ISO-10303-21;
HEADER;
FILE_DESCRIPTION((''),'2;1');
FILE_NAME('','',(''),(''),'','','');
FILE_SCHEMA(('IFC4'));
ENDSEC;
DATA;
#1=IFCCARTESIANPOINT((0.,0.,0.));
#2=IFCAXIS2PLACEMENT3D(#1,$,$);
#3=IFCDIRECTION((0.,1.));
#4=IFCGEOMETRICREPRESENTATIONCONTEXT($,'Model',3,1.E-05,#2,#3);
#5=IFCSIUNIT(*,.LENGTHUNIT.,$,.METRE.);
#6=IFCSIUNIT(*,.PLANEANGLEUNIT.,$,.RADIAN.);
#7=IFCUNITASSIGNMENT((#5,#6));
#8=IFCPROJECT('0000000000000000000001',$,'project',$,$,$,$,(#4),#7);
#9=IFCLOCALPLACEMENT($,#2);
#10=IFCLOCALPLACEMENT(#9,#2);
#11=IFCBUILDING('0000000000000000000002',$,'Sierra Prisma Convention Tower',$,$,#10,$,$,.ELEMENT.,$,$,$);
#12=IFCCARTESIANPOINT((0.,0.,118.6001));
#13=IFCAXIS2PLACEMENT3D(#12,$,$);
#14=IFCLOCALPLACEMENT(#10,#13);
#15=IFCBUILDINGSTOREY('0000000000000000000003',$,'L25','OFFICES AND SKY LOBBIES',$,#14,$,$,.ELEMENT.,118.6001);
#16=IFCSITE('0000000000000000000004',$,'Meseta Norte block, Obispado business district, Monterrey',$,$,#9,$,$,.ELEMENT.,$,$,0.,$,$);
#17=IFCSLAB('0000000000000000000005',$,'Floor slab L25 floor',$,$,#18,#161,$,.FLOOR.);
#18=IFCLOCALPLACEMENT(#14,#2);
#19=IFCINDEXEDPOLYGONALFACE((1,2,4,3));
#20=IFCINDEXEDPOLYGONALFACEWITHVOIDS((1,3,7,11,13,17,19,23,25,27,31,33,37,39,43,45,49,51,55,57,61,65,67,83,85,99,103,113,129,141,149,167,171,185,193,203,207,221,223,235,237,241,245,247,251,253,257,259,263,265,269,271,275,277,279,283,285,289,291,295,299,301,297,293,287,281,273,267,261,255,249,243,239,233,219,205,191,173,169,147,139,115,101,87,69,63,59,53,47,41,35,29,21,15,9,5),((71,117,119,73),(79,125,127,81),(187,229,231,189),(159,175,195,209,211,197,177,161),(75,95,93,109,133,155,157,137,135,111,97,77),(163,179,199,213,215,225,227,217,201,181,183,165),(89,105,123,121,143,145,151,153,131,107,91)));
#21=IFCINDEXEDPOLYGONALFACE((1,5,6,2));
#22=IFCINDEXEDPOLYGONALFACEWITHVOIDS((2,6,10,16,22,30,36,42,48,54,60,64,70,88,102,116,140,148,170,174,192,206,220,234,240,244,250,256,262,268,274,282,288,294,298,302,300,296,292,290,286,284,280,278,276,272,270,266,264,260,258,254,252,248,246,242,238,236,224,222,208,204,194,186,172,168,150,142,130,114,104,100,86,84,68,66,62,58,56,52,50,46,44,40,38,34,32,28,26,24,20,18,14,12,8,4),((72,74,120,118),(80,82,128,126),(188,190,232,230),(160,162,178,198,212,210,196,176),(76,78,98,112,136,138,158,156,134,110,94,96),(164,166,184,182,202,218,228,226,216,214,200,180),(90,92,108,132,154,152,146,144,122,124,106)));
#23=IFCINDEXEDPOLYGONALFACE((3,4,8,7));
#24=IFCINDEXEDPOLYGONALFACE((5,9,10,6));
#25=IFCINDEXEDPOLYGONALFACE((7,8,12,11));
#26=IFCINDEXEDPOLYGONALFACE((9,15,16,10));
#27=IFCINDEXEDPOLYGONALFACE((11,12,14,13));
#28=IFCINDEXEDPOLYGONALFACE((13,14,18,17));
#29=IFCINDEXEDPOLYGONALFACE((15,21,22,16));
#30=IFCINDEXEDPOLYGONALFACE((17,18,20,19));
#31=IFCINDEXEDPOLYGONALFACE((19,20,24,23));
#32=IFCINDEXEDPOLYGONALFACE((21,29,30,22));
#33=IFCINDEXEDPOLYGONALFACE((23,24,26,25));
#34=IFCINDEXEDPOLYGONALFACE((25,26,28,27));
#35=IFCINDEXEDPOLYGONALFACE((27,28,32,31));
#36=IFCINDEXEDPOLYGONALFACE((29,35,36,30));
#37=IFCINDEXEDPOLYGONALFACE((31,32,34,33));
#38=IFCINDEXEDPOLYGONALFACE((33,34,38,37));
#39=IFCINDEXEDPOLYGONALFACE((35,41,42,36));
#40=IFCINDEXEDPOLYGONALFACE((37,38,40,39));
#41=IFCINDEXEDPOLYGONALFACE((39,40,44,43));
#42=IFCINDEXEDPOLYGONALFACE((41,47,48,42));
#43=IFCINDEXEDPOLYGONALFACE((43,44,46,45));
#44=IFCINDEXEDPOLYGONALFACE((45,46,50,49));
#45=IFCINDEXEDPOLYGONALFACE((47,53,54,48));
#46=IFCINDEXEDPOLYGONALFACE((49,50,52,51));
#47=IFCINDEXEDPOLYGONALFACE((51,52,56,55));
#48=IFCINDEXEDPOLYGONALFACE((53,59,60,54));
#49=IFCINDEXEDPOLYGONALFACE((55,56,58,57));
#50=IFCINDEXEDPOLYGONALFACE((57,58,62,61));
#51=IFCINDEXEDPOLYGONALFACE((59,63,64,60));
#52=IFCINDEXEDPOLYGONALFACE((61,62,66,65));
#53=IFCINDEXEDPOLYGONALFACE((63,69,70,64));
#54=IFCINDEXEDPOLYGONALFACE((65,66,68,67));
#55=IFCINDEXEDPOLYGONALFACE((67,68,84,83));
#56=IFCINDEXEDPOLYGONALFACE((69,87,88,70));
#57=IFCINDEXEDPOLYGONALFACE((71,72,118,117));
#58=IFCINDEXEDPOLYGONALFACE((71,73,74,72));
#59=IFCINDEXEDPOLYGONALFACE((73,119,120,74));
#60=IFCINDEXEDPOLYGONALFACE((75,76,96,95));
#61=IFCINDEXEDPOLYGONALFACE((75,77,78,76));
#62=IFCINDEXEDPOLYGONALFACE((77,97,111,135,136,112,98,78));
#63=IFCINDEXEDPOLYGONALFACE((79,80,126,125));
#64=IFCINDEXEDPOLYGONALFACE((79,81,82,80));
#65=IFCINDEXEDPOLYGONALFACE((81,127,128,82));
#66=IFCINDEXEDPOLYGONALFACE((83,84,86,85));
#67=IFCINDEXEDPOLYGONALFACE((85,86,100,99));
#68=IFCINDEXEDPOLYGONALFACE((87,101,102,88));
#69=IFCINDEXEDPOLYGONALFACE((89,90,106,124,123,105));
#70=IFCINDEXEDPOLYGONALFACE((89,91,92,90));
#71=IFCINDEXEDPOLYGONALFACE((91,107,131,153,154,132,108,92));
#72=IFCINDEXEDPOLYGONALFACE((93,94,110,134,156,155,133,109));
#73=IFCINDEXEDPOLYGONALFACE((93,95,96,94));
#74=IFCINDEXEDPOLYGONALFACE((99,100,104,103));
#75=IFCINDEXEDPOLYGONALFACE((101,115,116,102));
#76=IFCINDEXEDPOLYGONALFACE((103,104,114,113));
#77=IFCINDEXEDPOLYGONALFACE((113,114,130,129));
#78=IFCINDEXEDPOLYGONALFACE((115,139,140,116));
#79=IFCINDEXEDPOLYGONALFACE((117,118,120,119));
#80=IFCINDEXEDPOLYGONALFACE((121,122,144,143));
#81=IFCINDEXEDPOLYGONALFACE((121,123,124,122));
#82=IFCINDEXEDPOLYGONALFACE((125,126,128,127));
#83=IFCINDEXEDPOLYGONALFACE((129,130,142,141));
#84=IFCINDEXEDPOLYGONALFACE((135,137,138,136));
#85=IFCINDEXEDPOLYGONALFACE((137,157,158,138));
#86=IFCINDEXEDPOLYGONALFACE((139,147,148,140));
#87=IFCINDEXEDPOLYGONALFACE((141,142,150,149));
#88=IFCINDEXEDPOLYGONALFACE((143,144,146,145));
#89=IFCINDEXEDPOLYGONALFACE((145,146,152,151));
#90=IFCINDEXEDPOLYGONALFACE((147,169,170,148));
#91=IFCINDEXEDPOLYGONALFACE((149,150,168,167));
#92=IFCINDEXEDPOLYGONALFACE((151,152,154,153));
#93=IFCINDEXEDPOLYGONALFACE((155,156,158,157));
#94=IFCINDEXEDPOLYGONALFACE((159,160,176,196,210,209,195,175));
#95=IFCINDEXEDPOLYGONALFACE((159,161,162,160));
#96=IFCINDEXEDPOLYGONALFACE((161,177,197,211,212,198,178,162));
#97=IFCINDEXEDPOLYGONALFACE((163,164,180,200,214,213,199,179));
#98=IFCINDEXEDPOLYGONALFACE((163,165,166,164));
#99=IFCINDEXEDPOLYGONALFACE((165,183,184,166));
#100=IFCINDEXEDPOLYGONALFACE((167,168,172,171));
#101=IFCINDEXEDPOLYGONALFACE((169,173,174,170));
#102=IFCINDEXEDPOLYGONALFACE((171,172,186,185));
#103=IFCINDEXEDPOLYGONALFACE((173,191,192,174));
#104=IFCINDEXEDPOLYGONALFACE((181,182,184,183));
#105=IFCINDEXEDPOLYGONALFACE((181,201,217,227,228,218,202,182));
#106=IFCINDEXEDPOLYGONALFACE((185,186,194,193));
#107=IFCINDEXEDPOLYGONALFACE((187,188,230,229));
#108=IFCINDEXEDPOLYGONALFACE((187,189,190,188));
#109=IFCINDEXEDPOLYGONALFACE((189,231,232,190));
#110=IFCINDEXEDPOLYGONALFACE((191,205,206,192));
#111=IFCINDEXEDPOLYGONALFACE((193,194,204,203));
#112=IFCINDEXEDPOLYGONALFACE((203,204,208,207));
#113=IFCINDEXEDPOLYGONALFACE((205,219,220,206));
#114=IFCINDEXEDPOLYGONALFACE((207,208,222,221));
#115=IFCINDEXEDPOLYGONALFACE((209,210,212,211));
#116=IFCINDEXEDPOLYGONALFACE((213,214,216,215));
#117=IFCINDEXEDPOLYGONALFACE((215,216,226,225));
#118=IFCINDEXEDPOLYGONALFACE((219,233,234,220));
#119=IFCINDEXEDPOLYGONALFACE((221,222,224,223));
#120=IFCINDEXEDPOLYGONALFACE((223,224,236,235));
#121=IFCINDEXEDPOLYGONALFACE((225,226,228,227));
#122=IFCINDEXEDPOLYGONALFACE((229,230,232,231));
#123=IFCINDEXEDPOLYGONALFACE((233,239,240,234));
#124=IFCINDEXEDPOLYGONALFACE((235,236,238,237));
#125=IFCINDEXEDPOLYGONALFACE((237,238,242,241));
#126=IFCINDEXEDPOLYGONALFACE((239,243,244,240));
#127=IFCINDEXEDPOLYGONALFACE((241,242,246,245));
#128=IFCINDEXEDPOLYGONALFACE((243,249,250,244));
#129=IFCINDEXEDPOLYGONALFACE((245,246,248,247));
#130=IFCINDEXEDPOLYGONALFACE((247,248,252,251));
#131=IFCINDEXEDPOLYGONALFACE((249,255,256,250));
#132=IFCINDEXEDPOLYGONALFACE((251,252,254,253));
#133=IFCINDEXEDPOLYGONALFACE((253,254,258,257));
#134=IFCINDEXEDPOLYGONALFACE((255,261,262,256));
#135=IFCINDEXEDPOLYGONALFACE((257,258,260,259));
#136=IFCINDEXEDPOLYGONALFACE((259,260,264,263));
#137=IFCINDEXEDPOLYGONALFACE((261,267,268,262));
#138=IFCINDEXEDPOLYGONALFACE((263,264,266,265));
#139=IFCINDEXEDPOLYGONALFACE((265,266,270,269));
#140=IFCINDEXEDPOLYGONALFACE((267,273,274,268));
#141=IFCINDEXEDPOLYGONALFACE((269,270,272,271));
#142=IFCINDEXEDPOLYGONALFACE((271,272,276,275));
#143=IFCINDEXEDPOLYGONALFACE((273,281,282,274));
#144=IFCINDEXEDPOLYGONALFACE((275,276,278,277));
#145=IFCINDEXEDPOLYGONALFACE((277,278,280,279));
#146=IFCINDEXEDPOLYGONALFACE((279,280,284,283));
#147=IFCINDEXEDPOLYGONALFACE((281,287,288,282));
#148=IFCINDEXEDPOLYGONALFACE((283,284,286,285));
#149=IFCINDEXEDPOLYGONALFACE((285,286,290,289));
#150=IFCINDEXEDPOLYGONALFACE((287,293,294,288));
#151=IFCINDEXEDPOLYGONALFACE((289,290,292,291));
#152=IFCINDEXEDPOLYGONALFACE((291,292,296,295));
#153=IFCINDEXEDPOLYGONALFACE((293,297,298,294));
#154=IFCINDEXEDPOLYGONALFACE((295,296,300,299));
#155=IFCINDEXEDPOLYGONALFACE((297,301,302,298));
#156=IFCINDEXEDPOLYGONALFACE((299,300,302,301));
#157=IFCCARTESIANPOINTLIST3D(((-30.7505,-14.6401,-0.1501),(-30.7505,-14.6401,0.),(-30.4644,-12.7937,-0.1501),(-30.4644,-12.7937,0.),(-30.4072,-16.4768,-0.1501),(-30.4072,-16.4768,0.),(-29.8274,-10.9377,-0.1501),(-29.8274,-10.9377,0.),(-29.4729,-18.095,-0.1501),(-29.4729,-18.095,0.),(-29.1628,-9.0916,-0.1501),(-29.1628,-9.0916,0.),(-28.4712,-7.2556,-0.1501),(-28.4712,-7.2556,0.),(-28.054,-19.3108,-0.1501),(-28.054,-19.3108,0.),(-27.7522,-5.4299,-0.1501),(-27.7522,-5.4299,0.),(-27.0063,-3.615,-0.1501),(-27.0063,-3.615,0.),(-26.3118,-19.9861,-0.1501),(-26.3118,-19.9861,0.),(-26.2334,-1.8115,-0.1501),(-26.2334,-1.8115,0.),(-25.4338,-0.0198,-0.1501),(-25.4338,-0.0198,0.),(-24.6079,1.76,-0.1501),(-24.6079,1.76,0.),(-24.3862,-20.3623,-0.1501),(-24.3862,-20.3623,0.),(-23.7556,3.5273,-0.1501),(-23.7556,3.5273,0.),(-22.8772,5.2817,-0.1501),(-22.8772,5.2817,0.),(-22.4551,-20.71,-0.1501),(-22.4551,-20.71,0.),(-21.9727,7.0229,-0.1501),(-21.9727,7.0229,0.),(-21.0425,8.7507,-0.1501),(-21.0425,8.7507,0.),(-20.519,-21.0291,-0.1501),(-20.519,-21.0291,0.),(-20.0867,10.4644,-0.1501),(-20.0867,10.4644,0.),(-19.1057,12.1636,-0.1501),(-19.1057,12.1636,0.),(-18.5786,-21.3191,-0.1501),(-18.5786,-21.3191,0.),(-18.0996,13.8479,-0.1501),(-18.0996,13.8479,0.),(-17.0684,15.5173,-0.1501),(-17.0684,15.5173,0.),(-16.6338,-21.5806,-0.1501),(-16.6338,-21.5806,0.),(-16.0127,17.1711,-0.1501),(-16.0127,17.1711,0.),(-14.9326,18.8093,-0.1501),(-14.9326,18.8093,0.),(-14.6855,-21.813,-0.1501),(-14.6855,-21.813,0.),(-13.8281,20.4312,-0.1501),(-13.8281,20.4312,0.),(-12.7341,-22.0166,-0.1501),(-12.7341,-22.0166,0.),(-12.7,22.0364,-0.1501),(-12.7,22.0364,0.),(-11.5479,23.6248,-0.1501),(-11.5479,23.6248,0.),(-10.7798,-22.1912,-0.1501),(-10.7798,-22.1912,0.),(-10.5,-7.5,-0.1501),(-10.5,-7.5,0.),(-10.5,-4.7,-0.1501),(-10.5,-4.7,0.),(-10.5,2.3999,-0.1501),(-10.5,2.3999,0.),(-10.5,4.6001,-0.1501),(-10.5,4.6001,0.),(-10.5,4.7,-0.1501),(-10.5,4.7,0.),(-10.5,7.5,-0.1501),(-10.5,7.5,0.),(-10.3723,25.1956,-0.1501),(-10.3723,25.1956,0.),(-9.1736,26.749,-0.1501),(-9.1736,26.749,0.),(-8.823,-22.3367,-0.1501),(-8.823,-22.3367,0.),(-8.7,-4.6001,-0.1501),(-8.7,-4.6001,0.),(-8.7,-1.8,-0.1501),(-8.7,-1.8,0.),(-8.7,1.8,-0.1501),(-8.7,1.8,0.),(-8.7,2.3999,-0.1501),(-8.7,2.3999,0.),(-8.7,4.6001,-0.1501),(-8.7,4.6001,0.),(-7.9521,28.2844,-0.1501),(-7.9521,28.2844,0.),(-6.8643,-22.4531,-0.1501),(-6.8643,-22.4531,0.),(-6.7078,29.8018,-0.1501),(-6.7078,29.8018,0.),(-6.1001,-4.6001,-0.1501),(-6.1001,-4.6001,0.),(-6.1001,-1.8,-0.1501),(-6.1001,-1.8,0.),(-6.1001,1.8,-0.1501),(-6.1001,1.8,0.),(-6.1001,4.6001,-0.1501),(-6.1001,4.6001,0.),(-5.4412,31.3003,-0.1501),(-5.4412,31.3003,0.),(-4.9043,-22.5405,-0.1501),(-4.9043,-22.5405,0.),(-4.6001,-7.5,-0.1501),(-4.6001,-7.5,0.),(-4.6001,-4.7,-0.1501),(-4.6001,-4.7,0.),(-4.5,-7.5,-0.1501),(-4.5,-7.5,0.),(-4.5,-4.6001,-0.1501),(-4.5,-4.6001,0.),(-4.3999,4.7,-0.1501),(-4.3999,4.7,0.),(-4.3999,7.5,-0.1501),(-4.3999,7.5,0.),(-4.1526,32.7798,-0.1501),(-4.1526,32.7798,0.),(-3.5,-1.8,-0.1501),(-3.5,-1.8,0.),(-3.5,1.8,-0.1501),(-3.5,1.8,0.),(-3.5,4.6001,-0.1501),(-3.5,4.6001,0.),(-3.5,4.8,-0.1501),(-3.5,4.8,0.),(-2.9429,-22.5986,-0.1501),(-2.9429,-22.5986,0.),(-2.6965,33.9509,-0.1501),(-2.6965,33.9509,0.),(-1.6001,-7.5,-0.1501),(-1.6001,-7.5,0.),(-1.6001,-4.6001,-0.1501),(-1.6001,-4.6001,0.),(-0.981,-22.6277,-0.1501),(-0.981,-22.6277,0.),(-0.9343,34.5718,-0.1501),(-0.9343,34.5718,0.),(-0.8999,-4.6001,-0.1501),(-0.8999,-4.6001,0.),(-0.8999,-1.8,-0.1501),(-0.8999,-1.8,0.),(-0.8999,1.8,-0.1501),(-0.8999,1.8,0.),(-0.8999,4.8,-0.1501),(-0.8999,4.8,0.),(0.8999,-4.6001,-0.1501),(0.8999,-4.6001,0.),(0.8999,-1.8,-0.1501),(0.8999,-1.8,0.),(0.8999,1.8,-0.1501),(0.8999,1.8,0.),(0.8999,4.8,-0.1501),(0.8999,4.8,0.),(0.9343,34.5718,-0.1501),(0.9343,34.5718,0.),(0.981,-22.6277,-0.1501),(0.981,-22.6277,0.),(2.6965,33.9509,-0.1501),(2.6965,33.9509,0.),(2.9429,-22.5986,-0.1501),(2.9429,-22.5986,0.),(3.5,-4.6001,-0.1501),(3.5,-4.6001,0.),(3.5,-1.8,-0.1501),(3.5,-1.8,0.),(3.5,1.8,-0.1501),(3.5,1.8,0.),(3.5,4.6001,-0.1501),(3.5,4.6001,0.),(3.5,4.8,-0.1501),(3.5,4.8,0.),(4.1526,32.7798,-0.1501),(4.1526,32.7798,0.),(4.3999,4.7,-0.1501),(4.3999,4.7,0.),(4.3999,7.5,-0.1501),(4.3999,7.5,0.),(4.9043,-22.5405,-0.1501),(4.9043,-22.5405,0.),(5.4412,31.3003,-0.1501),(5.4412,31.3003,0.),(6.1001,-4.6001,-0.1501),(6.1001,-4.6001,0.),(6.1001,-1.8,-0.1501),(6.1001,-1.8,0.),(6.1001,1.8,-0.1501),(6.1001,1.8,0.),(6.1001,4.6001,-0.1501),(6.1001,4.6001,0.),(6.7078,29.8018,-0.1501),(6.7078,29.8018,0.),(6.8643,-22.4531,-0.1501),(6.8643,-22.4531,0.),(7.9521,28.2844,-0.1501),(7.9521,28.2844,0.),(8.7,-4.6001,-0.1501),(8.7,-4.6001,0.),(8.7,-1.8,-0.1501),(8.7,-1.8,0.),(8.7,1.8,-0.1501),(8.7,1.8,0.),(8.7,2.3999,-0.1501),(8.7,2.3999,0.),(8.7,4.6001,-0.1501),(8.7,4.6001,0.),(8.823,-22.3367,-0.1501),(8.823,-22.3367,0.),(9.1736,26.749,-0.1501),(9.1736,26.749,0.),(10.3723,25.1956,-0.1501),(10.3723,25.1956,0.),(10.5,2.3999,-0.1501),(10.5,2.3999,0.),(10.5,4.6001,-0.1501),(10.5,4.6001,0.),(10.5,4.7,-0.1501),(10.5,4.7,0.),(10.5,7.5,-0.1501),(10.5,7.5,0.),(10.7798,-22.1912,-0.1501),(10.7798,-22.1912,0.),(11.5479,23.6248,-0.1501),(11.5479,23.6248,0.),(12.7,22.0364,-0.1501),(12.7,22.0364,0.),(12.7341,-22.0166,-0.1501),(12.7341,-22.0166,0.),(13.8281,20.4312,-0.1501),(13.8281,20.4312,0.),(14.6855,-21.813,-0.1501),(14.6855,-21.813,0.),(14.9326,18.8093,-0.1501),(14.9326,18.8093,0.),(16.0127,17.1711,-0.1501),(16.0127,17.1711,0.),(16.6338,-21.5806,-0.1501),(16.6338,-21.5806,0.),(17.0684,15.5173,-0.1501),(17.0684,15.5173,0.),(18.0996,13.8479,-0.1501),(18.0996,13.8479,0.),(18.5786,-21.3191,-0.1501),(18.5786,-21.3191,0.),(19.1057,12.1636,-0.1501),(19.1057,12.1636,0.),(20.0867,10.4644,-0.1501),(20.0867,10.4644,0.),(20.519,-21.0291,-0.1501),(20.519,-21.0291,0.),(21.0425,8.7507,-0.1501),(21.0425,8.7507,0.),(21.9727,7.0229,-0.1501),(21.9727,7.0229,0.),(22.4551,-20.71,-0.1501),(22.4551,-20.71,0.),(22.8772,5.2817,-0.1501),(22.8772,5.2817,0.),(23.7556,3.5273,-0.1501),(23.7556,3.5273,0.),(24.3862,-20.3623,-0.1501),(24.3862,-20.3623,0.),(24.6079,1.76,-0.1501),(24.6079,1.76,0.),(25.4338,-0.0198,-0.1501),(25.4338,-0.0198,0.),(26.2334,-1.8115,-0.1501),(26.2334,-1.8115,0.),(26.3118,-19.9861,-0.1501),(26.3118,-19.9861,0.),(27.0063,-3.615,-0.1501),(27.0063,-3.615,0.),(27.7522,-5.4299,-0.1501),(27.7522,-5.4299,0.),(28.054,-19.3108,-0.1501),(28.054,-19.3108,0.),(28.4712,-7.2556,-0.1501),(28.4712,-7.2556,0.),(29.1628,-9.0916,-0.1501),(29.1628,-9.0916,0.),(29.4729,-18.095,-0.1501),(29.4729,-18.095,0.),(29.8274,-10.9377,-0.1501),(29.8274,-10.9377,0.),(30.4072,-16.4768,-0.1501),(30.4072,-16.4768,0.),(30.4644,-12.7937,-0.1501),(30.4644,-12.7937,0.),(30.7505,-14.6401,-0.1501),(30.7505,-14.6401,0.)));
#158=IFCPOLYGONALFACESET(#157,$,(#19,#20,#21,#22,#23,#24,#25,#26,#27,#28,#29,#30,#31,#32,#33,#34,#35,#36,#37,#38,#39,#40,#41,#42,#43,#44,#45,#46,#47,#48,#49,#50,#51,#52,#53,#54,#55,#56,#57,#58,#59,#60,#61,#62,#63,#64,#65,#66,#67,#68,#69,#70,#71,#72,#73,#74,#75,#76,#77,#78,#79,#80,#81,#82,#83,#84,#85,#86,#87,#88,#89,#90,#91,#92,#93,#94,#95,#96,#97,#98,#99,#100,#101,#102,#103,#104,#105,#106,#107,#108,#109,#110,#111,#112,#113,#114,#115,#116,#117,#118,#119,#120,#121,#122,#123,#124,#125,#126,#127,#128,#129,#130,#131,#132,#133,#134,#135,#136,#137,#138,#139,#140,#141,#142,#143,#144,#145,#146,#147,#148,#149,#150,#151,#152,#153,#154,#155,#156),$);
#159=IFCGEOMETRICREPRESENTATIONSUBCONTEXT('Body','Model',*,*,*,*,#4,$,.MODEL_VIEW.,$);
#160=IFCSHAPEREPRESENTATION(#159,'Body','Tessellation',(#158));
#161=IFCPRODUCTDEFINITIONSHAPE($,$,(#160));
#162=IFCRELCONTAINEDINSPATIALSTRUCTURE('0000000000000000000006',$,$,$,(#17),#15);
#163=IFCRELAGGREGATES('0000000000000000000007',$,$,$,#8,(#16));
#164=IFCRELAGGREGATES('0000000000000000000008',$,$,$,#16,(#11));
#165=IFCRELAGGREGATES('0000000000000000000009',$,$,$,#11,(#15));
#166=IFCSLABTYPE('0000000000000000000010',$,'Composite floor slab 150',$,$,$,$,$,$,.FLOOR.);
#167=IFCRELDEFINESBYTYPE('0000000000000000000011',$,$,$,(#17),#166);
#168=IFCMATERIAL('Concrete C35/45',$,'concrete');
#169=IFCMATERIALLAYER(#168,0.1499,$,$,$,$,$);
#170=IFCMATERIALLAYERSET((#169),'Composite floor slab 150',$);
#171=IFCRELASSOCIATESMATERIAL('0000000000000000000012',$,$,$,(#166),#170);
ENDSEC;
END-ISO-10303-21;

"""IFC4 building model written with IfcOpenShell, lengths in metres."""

from ifc_helpers import new_model, si_unit, direction, frame, origin, place, context, subcontext, project, spatial, polyline, outline, extrude, material, layer, layer_set, type_object, element, save


model = new_model("IFC4")

# Units and contexts
model_context = context("Model", 3, precision=1e-05, world=origin(), true_north=direction((0.0, 1.0)))
body_context = subcontext(model_context, "Body", "Model", "MODEL_VIEW")
ifc_project = project(units=[si_unit("LENGTHUNIT", "METRE"), si_unit("PLANEANGLEUNIT", "RADIAN")], contexts=[model_context])

# Site, building, storey
site_placement = place(None, origin())
site = spatial("IfcSite", under=ifc_project, at=site_placement, Name="Meseta Norte block, Obispado business district, Monterrey", CompositionType="ELEMENT", RefElevation=0.0)
building_placement = place(site_placement, origin())
building = spatial("IfcBuilding", under=site, at=building_placement, Name="Sierra Prisma Convention Tower", CompositionType="ELEMENT")
storey_placement = place(building_placement, frame((0.0, 0.0, 118.6001)))
storey = spatial("IfcBuildingStorey", under=building, at=storey_placement, Name="L25", Description="OFFICES AND SKY LOBBIES", CompositionType="ELEMENT", Elevation=118.6001)

# Slab
ifc_material_1 = material(Name="Concrete C35/45", Category="concrete")
ifc_layer_1 = layer(ifc_material_1, 0.1499)
ifc_layer_set_1 = layer_set([ifc_layer_1], Name="Composite floor slab 150")
slab_type = type_object("IfcSlabType", Name="Composite floor slab 150", PredefinedType="FLOOR", material=ifc_layer_set_1)
slab_placement = place(storey_placement, frame((0.0, 0.0, -0.1501)))
element("IfcSlab", 1, at=slab_placement, inside=storey, type_object=slab_type, Name="Floor slab L25 floor", PredefinedType="FLOOR", context=body_context, shape_type="SweptSolid", body=[
    extrude(outline(polyline([(-26.3118, -19.9861), (-24.3862, -20.3623), (-22.4551, -20.71), (-20.519, -21.0291), (-18.5786, -21.3191), (-16.6338, -21.5806), (-14.6855, -21.813), (-12.7341, -22.0166), (-10.7798, -22.1912), (-8.823, -22.3367), (-6.8643, -22.4531), (-4.9043, -22.5405), (-2.9429, -22.5986), (-0.981, -22.6277), (0.981, -22.6277), (2.9429, -22.5986), (4.9043, -22.5405), (6.8643, -22.4531), (8.823, -22.3367), (10.7798, -22.1912), (12.7341, -22.0166), (14.6855, -21.813), (16.6338, -21.5806), (18.5786, -21.3191), (20.519, -21.0291), (22.4551, -20.71), (24.3862, -20.3623), (26.3118, -19.9861), (28.054, -19.3108), (29.4729, -18.095), (30.4072, -16.4768), (30.7505, -14.6401), (30.4644, -12.7937), (29.8274, -10.9377), (29.1628, -9.0916), (28.4712, -7.2556), (27.7522, -5.4299), (27.0063, -3.615), (26.2334, -1.8115), (25.4338, -0.0198), (24.6079, 1.76), (23.7556, 3.5273), (22.8772, 5.2817), (21.9727, 7.0229), (21.0425, 8.7507), (20.0867, 10.4644), (19.1057, 12.1636), (18.0996, 13.8479), (17.0684, 15.5173), (16.0127, 17.1711), (14.9326, 18.8093), (13.8281, 20.4312), (12.7, 22.0364), (11.5479, 23.6248), (10.3723, 25.1956), (9.1736, 26.749), (7.9521, 28.2844), (6.7078, 29.8018), (5.4412, 31.3003), (4.1526, 32.7798), (2.6965, 33.9509), (0.9343, 34.5718), (-0.9343, 34.5718), (-2.6965, 33.9509), (-4.1526, 32.7798), (-5.4412, 31.3003), (-6.7078, 29.8018), (-7.9521, 28.2844), (-9.1736, 26.749), (-10.3723, 25.1956), (-11.5479, 23.6248), (-12.7, 22.0364), (-13.8281, 20.4312), (-14.9326, 18.8093), (-16.0127, 17.1711), (-17.0684, 15.5173), (-18.0996, 13.8479), (-19.1057, 12.1636), (-20.0867, 10.4644), (-21.0425, 8.7507), (-21.9727, 7.0229), (-22.8772, 5.2817), (-23.7556, 3.5273), (-24.6079, 1.76), (-25.4338, -0.0198), (-26.2334, -1.8115), (-27.0063, -3.615), (-27.7522, -5.4299), (-28.4712, -7.2556), (-29.1628, -9.0916), (-29.8274, -10.9377), (-30.4644, -12.7937), (-30.7505, -14.6401), (-30.4072, -16.4768), (-29.4729, -18.095), (-28.054, -19.3108), (-26.3118, -19.9861)]), holes=[polyline([(-4.6001, -7.5), (-10.5, -7.5), (-10.5, -4.7), (-4.6001, -4.7), (-4.6001, -7.5)]), polyline([(-8.7, -4.6001), (-8.7, -1.8), (-6.1001, -1.8), (-3.5, -1.8), (-0.8999, -1.8), (-0.8999, -4.6001), (-1.6001, -4.6001), (-1.6001, -7.5), (-4.5, -7.5), (-4.5, -4.6001), (-6.1001, -4.6001), (-8.7, -4.6001)]), polyline([(-10.5, 4.6001), (-8.7, 4.6001), (-6.1001, 4.6001), (-3.5, 4.6001), (-3.5, 4.8), (-0.8999, 4.8), (-0.8999, 1.8), (-3.5, 1.8), (-6.1001, 1.8), (-8.7, 1.8), (-8.7, 2.3999), (-10.5, 2.3999), (-10.5, 4.6001)]), polyline([(-10.5, 4.7), (-10.5, 7.5), (-4.3999, 7.5), (-4.3999, 4.7), (-10.5, 4.7)]), polyline([(6.1001, -1.8), (8.7, -1.8), (8.7, -4.6001), (6.1001, -4.6001), (3.5, -4.6001), (0.8999, -4.6001), (0.8999, -1.8), (3.5, -1.8), (6.1001, -1.8)]), polyline([(8.7, 4.6001), (10.5, 4.6001), (10.5, 2.3999), (8.7, 2.3999), (8.7, 1.8), (6.1001, 1.8), (3.5, 1.8), (0.8999, 1.8), (0.8999, 4.8), (3.5, 4.8), (3.5, 4.6001), (6.1001, 4.6001), (8.7, 4.6001)]), polyline([(4.3999, 4.7), (4.3999, 7.5), (10.5, 7.5), (10.5, 4.7), (4.3999, 4.7)])]), origin(), (0.0, 0.0, 1.0), 0.1501),
])

save(model, "model.ifc")
